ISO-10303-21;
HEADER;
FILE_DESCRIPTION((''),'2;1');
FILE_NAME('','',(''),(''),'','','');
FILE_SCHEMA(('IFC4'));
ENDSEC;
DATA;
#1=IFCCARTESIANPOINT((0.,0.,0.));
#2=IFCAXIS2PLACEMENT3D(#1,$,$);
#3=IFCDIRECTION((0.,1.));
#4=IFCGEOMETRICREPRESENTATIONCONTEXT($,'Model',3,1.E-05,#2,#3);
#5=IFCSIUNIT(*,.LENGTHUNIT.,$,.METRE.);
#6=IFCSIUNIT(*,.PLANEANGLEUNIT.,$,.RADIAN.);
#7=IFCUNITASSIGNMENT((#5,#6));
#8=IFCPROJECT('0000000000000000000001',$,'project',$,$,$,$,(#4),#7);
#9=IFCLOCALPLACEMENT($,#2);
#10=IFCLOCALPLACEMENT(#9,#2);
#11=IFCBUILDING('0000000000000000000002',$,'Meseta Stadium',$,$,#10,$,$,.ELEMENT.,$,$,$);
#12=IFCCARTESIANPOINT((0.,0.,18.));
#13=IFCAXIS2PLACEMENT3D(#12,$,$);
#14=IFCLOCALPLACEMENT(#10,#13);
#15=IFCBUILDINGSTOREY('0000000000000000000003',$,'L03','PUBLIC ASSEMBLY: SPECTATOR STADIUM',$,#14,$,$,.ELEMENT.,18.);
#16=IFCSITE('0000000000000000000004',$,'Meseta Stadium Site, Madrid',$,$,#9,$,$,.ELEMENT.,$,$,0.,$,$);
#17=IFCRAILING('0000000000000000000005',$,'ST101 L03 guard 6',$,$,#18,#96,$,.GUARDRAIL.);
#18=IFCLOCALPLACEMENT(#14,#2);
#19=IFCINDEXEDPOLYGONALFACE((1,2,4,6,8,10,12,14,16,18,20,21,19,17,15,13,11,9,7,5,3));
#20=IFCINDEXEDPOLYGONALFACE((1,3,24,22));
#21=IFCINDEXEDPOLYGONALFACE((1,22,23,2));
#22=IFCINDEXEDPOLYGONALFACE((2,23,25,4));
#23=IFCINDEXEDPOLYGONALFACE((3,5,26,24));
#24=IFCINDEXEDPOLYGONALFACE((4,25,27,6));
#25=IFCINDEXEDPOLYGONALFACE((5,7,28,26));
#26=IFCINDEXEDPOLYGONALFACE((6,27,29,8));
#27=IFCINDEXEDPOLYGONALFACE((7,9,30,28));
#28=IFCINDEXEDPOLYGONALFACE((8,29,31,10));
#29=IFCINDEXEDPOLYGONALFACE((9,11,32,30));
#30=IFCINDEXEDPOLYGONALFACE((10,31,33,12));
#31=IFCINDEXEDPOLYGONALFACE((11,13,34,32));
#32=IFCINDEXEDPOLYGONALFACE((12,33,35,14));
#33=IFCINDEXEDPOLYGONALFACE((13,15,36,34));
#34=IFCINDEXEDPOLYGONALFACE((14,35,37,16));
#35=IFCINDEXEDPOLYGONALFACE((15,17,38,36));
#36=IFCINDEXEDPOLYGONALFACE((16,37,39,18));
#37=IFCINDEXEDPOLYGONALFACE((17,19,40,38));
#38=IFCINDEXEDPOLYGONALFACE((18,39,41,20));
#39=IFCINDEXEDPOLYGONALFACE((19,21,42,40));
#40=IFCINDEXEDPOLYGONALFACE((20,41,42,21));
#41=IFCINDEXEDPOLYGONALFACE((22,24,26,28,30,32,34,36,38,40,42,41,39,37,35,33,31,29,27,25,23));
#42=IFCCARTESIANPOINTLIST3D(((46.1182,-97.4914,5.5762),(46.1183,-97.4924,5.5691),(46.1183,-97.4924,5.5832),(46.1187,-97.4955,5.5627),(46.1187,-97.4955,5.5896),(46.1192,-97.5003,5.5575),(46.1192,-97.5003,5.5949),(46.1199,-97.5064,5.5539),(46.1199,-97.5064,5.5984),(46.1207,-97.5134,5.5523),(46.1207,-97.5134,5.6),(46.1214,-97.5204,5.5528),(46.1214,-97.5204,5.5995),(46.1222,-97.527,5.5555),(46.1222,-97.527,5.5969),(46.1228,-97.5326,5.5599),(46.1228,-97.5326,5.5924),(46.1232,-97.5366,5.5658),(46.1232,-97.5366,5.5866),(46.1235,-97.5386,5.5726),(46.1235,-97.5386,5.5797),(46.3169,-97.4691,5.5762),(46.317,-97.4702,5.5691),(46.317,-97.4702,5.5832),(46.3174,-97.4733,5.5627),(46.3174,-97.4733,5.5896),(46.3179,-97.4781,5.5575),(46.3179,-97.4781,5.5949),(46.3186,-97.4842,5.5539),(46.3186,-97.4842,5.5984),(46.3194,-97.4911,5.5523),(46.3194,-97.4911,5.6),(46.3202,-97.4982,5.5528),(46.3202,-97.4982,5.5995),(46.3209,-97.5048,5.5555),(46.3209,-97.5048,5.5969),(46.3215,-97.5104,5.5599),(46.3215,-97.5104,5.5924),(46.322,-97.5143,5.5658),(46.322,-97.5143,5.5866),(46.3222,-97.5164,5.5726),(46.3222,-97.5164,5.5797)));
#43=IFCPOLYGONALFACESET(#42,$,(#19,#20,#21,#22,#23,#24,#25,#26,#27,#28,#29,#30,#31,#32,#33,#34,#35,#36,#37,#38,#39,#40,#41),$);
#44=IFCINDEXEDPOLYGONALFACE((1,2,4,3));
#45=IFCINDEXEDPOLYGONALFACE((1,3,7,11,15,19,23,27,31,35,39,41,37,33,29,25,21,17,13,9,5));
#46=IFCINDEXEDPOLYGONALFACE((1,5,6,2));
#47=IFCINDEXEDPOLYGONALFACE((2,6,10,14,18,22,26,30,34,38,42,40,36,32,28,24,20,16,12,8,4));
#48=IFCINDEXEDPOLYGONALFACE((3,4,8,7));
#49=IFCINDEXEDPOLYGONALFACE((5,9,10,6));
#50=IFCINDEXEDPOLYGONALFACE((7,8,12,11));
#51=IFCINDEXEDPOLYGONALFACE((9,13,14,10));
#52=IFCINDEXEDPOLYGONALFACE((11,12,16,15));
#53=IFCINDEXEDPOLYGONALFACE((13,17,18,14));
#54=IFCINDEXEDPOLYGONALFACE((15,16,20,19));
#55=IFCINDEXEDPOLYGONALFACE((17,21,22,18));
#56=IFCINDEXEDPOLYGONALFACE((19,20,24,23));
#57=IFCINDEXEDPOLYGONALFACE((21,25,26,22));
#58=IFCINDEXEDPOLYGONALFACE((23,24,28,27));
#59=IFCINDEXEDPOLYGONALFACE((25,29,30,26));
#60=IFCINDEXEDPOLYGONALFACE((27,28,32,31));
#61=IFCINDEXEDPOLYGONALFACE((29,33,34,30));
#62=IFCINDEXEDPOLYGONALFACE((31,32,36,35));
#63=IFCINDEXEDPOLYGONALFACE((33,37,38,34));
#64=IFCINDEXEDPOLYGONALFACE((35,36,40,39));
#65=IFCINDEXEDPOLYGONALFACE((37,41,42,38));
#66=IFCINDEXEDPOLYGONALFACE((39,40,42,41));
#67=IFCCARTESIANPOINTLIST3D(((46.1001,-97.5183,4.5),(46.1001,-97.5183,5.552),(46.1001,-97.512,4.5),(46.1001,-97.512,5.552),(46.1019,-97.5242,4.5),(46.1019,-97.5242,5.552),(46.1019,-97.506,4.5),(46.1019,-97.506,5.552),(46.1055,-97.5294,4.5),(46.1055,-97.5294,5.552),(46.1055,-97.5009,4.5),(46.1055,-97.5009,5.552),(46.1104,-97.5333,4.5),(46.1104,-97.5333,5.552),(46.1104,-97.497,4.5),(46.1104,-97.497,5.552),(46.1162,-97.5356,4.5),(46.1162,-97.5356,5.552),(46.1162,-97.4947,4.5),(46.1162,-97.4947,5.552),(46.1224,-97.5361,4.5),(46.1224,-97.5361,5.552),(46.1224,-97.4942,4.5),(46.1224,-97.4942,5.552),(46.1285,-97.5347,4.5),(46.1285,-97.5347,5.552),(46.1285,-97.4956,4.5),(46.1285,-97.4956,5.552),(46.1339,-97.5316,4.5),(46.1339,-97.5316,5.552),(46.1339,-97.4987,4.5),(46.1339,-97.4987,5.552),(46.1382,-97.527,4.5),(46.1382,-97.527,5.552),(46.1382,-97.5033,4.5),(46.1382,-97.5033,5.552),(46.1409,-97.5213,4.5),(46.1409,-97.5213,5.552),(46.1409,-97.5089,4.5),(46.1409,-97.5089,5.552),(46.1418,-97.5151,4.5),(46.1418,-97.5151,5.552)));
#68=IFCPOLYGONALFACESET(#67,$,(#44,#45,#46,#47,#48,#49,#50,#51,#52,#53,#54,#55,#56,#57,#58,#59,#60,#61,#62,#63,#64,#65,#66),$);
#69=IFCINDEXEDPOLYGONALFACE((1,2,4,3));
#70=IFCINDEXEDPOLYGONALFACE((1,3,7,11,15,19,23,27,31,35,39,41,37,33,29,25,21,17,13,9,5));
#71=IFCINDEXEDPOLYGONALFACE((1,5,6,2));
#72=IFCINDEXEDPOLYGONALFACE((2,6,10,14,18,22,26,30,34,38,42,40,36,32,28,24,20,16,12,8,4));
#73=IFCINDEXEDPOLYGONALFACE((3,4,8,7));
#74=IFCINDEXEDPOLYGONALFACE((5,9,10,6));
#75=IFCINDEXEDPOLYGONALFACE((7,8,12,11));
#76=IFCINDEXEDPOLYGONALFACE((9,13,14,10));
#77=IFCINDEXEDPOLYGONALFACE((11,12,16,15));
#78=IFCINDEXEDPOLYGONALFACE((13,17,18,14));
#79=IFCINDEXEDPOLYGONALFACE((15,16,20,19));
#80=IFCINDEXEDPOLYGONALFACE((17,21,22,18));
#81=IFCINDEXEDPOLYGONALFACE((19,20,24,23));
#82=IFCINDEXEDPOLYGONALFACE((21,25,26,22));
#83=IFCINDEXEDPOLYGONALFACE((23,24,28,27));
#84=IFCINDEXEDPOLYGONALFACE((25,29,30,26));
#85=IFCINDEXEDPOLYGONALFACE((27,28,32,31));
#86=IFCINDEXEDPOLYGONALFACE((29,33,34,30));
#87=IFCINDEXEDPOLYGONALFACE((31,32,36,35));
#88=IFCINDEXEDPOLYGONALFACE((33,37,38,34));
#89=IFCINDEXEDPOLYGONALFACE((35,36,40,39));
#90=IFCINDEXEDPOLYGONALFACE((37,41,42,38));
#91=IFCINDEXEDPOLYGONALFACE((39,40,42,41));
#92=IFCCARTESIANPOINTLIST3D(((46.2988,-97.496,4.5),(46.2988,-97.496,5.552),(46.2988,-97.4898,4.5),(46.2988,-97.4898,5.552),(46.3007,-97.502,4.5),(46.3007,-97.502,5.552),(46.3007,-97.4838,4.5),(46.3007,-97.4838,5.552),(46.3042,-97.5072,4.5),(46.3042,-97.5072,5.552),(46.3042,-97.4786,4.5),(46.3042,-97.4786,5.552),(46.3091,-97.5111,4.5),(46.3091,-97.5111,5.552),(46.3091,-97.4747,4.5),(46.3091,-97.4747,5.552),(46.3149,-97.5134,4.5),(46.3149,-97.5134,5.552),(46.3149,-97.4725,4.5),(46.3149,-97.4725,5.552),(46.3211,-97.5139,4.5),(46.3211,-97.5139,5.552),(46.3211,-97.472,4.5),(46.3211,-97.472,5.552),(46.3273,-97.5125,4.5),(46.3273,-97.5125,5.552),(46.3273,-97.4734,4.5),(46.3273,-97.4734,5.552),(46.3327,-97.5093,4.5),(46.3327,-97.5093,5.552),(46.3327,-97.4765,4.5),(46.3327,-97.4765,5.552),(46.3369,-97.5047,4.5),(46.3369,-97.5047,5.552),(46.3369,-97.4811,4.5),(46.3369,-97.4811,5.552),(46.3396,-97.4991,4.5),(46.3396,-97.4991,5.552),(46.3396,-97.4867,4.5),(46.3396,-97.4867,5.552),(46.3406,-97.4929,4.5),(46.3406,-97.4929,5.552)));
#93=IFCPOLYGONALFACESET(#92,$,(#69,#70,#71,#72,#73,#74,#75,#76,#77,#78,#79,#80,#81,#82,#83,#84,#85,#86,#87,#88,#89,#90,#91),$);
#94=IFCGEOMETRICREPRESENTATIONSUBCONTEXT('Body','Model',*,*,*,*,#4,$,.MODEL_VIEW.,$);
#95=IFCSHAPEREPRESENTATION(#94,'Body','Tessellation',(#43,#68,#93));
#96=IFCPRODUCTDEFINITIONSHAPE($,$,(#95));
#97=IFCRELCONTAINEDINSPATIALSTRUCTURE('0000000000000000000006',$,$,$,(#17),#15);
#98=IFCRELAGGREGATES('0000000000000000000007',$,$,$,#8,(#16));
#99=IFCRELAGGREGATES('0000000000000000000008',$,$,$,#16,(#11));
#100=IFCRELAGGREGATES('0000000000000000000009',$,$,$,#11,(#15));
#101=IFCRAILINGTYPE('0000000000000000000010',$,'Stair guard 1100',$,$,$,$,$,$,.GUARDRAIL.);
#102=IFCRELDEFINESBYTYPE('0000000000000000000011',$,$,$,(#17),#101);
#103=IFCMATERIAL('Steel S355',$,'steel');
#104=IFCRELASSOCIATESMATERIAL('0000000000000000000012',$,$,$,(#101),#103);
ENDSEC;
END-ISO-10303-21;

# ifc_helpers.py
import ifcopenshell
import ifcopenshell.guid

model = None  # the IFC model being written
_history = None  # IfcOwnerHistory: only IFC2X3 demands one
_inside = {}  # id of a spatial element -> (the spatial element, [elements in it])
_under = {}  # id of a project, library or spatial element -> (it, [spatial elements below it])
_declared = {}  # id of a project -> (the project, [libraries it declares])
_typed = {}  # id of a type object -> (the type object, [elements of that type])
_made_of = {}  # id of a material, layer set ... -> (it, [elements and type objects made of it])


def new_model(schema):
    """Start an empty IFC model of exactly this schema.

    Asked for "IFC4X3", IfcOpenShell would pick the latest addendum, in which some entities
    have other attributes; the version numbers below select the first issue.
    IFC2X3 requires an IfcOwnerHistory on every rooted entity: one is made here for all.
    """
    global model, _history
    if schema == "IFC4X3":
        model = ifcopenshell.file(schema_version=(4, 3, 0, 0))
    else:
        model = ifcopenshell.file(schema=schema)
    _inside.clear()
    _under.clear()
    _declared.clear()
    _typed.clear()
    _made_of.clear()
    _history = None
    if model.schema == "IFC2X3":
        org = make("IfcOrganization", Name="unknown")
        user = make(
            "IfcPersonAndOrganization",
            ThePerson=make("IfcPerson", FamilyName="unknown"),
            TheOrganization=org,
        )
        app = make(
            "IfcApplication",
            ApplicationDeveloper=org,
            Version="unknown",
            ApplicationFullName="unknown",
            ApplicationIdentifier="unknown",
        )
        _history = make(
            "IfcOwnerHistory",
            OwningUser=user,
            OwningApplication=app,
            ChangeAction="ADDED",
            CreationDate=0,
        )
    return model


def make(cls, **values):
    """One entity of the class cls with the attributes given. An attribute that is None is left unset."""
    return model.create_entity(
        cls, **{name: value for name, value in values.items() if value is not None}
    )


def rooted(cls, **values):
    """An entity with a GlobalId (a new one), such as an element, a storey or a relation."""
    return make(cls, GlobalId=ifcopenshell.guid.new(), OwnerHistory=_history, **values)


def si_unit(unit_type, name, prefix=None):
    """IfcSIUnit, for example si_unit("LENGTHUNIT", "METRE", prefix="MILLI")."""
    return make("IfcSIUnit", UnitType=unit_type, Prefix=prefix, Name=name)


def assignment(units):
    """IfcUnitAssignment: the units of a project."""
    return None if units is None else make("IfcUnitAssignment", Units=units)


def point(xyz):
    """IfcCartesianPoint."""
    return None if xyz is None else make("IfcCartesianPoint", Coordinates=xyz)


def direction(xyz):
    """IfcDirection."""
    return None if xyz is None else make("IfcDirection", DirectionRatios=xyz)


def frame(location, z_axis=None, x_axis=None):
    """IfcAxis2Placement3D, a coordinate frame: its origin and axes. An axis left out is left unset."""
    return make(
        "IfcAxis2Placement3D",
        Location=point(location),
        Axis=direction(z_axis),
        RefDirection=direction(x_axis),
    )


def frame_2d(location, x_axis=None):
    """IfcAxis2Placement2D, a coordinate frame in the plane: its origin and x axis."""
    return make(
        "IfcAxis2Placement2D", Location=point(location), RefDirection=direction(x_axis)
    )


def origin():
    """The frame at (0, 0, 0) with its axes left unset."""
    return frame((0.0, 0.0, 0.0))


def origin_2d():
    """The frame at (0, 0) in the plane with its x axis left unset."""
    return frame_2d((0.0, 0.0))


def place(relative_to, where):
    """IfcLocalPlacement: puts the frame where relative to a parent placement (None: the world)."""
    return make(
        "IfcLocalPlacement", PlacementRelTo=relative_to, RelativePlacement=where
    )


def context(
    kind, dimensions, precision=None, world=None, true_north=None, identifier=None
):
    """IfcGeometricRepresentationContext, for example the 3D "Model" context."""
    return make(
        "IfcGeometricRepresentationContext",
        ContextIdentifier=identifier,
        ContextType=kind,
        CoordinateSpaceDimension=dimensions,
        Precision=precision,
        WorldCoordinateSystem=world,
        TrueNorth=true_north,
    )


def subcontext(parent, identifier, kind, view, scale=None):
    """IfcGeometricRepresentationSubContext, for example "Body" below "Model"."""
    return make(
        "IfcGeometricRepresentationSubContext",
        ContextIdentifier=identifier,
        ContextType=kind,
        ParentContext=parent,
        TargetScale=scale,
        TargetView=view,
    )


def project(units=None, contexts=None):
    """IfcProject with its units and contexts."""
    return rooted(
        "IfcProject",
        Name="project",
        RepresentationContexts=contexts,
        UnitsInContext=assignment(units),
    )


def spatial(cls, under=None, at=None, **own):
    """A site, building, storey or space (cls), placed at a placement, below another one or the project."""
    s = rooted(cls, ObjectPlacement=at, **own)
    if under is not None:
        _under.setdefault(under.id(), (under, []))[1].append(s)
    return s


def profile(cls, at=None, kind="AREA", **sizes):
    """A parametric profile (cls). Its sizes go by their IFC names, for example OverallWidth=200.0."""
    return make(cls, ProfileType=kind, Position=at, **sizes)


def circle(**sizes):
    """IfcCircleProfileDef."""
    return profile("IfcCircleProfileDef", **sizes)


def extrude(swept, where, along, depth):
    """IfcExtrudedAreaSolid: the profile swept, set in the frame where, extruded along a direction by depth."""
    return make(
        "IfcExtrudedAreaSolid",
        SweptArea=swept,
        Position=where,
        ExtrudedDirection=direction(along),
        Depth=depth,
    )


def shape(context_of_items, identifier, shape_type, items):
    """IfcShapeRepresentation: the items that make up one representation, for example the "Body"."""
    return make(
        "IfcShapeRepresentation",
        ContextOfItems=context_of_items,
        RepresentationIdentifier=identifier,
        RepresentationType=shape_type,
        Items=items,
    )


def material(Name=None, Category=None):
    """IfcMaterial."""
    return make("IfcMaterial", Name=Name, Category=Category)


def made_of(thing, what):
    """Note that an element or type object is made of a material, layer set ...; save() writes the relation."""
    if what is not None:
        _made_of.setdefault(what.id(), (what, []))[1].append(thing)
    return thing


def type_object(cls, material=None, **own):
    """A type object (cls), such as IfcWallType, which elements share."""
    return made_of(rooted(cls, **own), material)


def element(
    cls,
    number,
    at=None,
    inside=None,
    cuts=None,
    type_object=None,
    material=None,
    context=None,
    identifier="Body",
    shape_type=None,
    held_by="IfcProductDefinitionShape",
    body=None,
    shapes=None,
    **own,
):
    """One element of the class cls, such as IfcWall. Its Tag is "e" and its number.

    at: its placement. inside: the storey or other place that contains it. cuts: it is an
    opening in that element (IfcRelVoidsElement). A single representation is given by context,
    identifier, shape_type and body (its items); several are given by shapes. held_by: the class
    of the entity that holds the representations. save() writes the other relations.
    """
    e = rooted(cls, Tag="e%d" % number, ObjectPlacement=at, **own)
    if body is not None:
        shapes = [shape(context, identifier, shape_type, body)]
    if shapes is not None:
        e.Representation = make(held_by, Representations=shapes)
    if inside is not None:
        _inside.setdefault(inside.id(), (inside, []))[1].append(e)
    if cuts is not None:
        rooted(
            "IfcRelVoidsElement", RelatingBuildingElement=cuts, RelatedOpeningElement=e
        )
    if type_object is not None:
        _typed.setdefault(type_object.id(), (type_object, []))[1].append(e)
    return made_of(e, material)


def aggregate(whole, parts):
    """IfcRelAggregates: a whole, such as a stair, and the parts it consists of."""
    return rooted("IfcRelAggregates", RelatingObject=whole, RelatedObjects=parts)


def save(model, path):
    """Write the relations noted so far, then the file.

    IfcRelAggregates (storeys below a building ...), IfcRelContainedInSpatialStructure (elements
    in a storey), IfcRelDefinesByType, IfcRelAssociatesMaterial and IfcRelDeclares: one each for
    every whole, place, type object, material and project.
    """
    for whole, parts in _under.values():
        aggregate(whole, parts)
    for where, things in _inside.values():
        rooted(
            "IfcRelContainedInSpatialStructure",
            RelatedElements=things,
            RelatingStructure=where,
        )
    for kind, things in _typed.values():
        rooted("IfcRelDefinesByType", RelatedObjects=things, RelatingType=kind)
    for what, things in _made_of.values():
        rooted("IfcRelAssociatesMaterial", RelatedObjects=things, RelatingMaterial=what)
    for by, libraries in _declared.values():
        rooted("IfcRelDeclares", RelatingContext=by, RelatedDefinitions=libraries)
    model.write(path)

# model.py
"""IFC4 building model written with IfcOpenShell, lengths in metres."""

from ifc_helpers import new_model, si_unit, direction, frame, origin, origin_2d, place, context, subcontext, project, spatial, circle, extrude, material, type_object, element, save


model = new_model("IFC4")

# Units and contexts
model_context = context("Model", 3, precision=1e-05, world=origin(), true_north=direction((0.0, 1.0)))
body_context = subcontext(model_context, "Body", "Model", "MODEL_VIEW")
ifc_project = project(units=[si_unit("LENGTHUNIT", "METRE"), si_unit("PLANEANGLEUNIT", "RADIAN")], contexts=[model_context])

# Site, building, storey
site_placement = place(None, origin())
site = spatial("IfcSite", under=ifc_project, at=site_placement, Name="Meseta Stadium Site, Madrid", CompositionType="ELEMENT", RefElevation=0.0)
building_placement = place(site_placement, origin())
building = spatial("IfcBuilding", under=site, at=building_placement, Name="Meseta Stadium", CompositionType="ELEMENT")
storey_placement = place(building_placement, frame((0.0, 0.0, 18.0)))
storey = spatial("IfcBuildingStorey", under=building, at=storey_placement, Name="L03", Description="PUBLIC ASSEMBLY: SPECTATOR STADIUM", CompositionType="ELEMENT", Elevation=18.0)

# Railing
ifc_material_1 = material(Name="Steel S355", Category="steel")
railing_type_1 = type_object("IfcRailingType", Name="Stair guard 1100", PredefinedType="GUARDRAIL", material=ifc_material_1)
railing_1_placement = place(storey_placement, frame((46.1208, -97.5151, 4.5)))
element("IfcRailing", 1, at=railing_1_placement, inside=storey, type_object=railing_type_1, Name="ST101 L03 guard 6", PredefinedType="GUARDRAIL", context=body_context, shape_type="SweptSolid", body=[
    extrude(circle(Radius=0.0239, at=origin_2d()), frame((0.0, 0.0, 1.0762), z_axis=(0.993809, 0.111102, 0.0), x_axis=(-0.111102, 0.993809, 0.0)), (0.0, 0.0, 1.0), 0.2),
    extrude(circle(Radius=0.021, at=origin_2d()), origin(), (0.0, 0.0, 1.0), 1.052),
    extrude(circle(Radius=0.021, at=origin_2d()), frame((0.1987, 0.0222, 0.0)), (0.0, 0.0, 1.0), 1.052),
])

save(model, "model.ifc")
